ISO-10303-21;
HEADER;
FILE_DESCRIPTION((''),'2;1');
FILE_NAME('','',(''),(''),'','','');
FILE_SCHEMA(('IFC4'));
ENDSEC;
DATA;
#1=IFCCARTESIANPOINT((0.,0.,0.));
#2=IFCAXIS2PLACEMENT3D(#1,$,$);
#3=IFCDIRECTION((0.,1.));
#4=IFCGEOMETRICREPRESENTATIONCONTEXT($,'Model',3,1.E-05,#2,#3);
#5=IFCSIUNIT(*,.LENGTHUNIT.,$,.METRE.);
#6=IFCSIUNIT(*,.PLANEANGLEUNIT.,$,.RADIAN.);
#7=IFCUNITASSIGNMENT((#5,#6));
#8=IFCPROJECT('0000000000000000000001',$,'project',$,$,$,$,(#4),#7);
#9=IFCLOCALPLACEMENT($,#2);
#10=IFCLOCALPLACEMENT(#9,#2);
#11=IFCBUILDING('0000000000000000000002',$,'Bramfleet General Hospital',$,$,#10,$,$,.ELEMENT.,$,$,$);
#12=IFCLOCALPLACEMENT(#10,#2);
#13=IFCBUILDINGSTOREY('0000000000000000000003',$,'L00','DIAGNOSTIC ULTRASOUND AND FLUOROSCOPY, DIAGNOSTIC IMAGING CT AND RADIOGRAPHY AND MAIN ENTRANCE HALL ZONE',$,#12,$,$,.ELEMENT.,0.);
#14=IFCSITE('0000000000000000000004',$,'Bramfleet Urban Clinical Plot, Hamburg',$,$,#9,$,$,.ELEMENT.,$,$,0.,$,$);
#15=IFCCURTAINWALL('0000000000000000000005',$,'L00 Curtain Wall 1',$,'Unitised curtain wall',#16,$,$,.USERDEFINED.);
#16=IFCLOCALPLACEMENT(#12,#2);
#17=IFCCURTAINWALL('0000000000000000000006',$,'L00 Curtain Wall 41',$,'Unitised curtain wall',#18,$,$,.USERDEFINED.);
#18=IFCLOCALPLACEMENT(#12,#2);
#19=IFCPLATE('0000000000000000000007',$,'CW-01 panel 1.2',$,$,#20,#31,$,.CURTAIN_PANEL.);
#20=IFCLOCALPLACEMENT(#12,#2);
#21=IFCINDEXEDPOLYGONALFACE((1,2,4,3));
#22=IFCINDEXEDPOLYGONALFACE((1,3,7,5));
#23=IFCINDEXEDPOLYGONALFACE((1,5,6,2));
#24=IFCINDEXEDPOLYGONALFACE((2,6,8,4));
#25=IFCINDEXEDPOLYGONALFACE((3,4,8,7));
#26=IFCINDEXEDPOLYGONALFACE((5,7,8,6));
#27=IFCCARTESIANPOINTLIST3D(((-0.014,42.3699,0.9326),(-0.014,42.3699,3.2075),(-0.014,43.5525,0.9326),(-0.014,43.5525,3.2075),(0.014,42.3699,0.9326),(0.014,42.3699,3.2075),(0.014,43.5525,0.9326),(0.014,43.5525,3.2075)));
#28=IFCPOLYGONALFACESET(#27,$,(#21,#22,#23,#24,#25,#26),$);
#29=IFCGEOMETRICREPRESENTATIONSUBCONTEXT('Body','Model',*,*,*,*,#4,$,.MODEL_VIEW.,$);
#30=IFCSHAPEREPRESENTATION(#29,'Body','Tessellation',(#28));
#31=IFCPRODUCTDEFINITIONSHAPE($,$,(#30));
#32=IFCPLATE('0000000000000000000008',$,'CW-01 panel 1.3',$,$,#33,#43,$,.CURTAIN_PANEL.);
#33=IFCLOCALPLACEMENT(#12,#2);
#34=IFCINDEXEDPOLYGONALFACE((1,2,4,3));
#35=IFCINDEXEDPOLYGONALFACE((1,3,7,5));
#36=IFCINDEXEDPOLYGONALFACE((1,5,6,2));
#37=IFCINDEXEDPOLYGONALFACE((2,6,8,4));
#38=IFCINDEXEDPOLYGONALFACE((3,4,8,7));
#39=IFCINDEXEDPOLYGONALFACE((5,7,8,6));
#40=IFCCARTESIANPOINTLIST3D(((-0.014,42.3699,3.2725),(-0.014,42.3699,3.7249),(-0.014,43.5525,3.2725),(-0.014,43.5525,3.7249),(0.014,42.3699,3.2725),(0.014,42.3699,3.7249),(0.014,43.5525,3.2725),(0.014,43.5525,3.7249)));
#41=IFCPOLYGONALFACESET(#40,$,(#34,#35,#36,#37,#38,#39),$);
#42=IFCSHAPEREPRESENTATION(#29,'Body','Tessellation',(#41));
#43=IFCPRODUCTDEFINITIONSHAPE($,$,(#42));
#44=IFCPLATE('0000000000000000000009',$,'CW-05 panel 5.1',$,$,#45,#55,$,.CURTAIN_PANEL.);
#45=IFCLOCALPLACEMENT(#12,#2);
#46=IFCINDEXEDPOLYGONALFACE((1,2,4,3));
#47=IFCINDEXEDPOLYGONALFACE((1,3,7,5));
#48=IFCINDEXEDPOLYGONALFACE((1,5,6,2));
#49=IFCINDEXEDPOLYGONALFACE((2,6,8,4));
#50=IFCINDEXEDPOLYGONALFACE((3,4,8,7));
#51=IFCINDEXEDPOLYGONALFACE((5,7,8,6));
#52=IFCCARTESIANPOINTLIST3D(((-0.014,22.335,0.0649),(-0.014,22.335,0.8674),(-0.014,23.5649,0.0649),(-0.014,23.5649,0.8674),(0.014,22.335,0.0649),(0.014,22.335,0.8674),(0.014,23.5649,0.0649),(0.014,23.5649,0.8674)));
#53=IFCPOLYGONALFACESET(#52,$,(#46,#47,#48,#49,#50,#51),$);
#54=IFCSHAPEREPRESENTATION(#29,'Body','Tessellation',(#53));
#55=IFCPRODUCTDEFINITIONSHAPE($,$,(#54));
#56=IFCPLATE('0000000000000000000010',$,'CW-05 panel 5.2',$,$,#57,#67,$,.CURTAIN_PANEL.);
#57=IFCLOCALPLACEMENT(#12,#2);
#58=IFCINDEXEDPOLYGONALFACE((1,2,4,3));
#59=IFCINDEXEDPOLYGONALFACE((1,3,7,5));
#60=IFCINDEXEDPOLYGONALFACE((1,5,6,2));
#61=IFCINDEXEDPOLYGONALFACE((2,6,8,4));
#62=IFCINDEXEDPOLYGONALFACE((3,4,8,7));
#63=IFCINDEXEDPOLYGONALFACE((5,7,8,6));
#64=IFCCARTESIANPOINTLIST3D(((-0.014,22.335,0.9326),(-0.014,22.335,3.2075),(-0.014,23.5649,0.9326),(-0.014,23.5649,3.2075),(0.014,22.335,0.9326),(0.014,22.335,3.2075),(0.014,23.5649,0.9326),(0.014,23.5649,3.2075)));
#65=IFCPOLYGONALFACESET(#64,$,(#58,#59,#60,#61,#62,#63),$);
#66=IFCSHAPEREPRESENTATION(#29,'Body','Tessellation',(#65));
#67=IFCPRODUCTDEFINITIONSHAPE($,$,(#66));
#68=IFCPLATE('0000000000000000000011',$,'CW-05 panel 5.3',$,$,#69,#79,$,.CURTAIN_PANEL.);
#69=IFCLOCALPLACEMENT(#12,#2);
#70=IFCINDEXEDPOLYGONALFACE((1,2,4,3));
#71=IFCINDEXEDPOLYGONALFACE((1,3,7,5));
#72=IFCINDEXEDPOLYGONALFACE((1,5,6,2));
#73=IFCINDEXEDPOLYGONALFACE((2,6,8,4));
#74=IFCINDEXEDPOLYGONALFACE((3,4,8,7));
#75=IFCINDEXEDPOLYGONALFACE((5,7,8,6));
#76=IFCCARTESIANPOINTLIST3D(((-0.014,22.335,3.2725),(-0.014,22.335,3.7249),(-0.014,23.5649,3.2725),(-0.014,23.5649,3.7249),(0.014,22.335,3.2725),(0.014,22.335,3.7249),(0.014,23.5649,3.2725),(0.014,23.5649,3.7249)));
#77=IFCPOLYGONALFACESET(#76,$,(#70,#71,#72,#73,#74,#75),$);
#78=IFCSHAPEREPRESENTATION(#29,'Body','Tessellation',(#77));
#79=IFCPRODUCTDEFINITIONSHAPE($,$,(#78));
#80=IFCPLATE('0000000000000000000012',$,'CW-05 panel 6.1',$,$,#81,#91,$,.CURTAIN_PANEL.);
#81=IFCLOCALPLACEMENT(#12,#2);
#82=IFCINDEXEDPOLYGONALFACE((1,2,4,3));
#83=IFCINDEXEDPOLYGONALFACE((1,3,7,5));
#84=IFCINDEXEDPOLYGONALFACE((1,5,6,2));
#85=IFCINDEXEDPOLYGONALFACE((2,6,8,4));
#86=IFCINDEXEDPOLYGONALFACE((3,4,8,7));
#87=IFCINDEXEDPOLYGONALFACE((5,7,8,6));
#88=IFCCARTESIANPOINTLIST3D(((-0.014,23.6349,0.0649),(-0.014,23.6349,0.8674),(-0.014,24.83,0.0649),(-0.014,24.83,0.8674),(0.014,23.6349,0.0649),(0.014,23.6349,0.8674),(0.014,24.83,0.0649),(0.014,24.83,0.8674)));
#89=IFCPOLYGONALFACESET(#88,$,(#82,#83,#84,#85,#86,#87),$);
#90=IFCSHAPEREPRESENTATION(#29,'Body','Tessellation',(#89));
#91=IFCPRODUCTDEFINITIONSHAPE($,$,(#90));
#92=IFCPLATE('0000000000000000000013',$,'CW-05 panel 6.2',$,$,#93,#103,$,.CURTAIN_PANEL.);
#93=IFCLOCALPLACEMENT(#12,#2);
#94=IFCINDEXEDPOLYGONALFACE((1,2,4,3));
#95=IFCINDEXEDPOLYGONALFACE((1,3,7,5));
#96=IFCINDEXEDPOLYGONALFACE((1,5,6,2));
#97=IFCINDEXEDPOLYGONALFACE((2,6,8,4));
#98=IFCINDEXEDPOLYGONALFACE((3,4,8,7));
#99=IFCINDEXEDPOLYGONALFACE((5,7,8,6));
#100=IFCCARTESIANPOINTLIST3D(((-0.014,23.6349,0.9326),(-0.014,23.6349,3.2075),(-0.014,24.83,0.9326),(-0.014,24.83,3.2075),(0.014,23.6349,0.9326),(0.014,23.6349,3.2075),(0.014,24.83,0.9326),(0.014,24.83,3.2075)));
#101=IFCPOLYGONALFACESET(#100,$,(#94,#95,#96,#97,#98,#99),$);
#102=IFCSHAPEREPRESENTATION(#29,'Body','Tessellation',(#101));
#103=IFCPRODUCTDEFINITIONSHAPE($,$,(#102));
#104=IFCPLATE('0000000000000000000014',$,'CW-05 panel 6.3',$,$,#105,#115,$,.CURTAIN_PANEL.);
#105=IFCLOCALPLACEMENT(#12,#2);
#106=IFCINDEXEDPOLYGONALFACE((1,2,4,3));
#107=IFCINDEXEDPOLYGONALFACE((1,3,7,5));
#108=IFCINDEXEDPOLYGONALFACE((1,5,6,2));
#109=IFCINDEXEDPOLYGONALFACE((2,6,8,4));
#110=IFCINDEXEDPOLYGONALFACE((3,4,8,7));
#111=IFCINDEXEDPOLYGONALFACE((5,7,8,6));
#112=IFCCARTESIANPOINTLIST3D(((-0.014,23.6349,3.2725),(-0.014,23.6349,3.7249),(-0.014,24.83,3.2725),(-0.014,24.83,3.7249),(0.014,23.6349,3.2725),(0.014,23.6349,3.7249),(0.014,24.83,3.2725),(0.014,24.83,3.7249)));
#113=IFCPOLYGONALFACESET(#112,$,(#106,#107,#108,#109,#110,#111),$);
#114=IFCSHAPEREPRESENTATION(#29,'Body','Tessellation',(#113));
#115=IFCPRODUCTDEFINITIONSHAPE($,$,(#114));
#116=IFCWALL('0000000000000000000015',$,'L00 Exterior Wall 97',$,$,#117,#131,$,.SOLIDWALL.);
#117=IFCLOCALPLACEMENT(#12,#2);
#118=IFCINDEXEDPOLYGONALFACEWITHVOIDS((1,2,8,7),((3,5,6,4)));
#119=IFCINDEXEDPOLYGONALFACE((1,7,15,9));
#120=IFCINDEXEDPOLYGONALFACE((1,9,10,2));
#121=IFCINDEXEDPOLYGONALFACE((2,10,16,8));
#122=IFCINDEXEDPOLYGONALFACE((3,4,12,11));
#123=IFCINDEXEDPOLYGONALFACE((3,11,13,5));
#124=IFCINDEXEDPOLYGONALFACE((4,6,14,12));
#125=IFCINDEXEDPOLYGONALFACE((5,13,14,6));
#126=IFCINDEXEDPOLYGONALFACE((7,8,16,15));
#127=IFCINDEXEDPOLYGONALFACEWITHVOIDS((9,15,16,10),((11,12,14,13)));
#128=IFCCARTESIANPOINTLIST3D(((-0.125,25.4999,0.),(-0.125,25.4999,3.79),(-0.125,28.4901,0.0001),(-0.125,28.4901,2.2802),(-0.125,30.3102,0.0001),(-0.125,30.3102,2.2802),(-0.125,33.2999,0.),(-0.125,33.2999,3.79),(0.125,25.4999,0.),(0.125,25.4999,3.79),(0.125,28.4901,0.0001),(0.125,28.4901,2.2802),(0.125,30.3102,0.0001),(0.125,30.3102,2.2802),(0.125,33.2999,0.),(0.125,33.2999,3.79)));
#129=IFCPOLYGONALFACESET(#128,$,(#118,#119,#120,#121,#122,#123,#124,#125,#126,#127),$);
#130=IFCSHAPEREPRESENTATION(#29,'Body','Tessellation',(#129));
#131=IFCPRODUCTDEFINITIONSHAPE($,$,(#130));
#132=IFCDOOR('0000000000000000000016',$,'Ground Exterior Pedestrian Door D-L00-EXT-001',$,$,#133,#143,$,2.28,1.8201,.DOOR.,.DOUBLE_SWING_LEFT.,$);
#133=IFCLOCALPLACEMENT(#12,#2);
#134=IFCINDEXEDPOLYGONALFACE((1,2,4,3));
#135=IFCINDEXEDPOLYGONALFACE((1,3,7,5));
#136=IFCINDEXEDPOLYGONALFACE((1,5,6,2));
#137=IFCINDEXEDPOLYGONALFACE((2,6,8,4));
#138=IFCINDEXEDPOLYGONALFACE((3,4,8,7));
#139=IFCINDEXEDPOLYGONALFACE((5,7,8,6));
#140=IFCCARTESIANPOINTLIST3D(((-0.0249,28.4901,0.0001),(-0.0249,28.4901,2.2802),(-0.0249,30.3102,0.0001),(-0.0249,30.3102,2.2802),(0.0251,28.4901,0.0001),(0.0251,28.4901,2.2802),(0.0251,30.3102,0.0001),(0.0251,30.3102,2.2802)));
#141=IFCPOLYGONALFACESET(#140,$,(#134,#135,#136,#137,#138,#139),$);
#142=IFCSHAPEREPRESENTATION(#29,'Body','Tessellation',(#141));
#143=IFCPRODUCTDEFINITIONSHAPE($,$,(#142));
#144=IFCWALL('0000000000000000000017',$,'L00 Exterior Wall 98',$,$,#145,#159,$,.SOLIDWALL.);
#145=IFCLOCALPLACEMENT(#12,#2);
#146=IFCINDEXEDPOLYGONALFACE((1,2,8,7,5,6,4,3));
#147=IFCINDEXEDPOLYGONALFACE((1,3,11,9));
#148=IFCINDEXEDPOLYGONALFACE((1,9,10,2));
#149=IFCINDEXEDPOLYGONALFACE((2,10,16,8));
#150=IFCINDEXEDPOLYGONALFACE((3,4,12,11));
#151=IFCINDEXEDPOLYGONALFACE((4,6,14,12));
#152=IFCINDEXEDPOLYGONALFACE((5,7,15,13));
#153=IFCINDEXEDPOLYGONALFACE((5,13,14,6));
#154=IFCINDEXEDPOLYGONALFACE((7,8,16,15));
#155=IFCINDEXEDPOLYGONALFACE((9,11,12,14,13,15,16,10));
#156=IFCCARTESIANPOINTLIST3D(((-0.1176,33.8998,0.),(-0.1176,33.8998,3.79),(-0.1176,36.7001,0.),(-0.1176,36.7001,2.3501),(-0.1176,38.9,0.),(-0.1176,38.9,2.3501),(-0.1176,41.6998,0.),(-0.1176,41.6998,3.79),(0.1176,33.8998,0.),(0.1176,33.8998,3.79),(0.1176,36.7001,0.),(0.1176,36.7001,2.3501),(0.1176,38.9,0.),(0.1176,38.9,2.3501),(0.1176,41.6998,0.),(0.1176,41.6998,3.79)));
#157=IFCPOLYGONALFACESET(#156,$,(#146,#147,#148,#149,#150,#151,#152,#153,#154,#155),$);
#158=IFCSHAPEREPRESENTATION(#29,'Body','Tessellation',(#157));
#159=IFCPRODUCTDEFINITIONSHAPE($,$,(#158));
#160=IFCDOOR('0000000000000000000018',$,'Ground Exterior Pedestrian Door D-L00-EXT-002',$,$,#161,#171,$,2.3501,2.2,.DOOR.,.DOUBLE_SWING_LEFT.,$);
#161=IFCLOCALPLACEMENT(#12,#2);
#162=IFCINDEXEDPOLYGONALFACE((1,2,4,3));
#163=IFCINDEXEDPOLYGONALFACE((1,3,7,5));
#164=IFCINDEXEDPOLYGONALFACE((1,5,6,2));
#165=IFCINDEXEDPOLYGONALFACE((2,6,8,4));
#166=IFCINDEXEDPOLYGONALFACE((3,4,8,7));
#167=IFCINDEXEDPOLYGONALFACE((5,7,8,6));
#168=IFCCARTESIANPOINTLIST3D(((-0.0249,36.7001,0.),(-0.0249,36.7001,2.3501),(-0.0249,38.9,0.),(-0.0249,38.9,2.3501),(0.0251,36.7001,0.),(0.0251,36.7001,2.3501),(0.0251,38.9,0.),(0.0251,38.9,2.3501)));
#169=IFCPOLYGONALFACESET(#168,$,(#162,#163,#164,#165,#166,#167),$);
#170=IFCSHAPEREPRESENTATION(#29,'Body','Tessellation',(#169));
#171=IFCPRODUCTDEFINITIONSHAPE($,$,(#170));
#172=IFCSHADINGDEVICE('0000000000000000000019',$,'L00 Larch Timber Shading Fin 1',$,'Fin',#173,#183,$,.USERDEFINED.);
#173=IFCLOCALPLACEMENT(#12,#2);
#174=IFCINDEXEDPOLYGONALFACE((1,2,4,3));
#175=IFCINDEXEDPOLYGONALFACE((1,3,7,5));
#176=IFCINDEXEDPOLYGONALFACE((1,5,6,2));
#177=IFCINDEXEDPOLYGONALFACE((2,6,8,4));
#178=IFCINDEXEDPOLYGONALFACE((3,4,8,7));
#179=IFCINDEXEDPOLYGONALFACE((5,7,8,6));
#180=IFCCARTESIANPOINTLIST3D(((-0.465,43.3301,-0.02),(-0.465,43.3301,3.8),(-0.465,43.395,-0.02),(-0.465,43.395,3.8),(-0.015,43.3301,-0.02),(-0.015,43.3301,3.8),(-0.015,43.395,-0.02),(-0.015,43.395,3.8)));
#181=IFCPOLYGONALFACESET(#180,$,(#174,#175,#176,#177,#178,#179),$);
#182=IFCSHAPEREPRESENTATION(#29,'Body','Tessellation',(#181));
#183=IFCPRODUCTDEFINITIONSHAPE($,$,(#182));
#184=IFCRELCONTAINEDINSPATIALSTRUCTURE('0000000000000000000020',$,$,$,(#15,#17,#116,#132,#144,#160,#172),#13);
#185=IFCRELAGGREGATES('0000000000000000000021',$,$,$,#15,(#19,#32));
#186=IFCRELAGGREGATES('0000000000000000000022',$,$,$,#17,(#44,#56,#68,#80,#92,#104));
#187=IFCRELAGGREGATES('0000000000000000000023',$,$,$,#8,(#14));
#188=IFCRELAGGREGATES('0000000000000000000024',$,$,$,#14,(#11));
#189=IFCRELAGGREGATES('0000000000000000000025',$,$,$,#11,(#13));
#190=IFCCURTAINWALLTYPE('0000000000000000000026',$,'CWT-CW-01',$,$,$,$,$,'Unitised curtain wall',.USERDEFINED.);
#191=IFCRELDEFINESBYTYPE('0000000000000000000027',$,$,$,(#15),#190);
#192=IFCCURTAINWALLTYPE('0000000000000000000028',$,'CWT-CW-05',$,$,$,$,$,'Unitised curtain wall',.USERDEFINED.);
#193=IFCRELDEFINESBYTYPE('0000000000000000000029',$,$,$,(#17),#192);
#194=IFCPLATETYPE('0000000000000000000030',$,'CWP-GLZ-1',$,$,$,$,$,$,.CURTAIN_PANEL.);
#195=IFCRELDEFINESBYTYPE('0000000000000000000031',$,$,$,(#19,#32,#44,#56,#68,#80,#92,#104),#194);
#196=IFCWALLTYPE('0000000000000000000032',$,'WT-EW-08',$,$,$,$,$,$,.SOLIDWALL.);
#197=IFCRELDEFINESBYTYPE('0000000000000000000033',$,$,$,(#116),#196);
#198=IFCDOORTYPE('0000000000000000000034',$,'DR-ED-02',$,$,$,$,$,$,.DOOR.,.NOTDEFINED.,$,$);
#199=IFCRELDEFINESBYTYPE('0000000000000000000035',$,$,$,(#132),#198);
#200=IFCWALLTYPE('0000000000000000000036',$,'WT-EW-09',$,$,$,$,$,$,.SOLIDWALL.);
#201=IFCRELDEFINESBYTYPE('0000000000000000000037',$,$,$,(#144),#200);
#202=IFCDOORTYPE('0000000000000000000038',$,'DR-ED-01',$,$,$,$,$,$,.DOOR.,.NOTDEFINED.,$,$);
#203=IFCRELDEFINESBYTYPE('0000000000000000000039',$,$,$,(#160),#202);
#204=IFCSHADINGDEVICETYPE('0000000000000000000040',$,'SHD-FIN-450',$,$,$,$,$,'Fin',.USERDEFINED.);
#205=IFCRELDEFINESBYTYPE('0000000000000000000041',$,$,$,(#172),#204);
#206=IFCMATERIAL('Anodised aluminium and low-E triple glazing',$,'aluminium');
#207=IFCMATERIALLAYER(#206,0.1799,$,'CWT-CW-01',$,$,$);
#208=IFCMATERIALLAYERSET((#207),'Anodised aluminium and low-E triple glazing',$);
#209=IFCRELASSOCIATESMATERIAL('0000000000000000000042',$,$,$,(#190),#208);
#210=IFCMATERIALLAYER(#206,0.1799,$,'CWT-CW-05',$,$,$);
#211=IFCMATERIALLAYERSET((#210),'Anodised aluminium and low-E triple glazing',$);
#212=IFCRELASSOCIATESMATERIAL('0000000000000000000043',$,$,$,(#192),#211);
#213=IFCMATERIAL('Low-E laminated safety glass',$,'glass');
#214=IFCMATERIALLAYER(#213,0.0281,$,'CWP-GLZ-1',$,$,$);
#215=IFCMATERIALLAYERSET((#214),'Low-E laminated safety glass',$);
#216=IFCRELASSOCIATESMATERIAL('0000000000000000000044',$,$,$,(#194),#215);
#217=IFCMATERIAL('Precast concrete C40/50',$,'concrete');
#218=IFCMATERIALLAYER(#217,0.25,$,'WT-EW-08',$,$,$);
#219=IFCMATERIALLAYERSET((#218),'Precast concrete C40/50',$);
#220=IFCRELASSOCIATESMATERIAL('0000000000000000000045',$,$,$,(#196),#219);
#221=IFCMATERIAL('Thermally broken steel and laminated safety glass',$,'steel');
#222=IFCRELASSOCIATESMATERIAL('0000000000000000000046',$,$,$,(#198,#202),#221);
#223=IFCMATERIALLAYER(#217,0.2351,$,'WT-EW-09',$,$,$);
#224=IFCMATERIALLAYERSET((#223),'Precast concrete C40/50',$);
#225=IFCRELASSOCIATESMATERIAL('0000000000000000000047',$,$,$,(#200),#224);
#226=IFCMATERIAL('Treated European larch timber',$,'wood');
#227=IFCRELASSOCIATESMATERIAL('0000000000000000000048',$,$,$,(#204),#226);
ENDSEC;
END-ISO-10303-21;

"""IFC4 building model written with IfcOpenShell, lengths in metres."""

from ifc_helpers import new_model, si_unit, direction, frame, frame_2d, origin, origin_2d, place, context, subcontext, project, spatial, rectangle, extrude, material, layer, layer_set, material_profile, profile_set, type_object, element, fill, aggregate, save


model = new_model("IFC4")

# Units and contexts
model_context = context("Model", 3, precision=1e-05, world=origin(), true_north=direction((0.0, 1.0)))
body_context = subcontext(model_context, "Body", "Model", "MODEL_VIEW")
ifc_project = project(units=[si_unit("LENGTHUNIT", "METRE"), si_unit("PLANEANGLEUNIT", "RADIAN")], contexts=[model_context])

# Site, building, storey
site_placement = place(None, origin())
site = spatial("IfcSite", under=ifc_project, at=site_placement, Name="Bramfleet Urban Clinical Plot, Hamburg", CompositionType="ELEMENT", RefElevation=0.0)
building_placement = place(site_placement, origin())
building = spatial("IfcBuilding", under=site, at=building_placement, Name="Bramfleet General Hospital", CompositionType="ELEMENT")
storey_placement = place(building_placement, origin())
storey = spatial("IfcBuildingStorey", under=building, at=storey_placement, Name="L00", Description="DIAGNOSTIC ULTRASOUND AND FLUOROSCOPY, DIAGNOSTIC IMAGING CT AND RADIOGRAPHY AND MAIN ENTRANCE HALL ZONE", CompositionType="ELEMENT", Elevation=0.0)

# Curtain walls
ifc_material_1 = material(Name="Anodised aluminium and low-E triple glazing", Category="aluminium")
ifc_layer_1 = layer(ifc_material_1, 0.1799, Name="CWT-CW-01")
ifc_layer_set_1 = layer_set([ifc_layer_1], Name="Anodised aluminium and low-E triple glazing")
curtain_wall_type_1 = type_object("IfcCurtainWallType", Name="CWT-CW-01", ElementType="Unitised curtain wall", PredefinedType="USERDEFINED", material=ifc_layer_set_1)
curtain_wall_1_placement = place(storey_placement, origin())
curtain_wall_1 = element("IfcCurtainWall", 1, at=curtain_wall_1_placement, inside=storey, type_object=curtain_wall_type_1, Name="L00 Curtain Wall 1", ObjectType="Unitised curtain wall", PredefinedType="USERDEFINED")
ifc_layer_2 = layer(ifc_material_1, 0.1799, Name="CWT-CW-05")
ifc_layer_set_2 = layer_set([ifc_layer_2], Name="Anodised aluminium and low-E triple glazing")
curtain_wall_type_2 = type_object("IfcCurtainWallType", Name="CWT-CW-05", ElementType="Unitised curtain wall", PredefinedType="USERDEFINED", material=ifc_layer_set_2)
curtain_wall_2_placement = place(storey_placement, origin())
curtain_wall_2 = element("IfcCurtainWall", 2, at=curtain_wall_2_placement, inside=storey, type_object=curtain_wall_type_2, Name="L00 Curtain Wall 41", ObjectType="Unitised curtain wall", PredefinedType="USERDEFINED")

# Plates
ifc_material_2 = material(Name="Low-E laminated safety glass", Category="glass")
ifc_layer_3 = layer(ifc_material_2, 0.0281, Name="CWP-GLZ-1")
ifc_layer_set_3 = layer_set([ifc_layer_3], Name="Low-E laminated safety glass")
plate_type = type_object("IfcPlateType", Name="CWP-GLZ-1", PredefinedType="CURTAIN_PANEL", material=ifc_layer_set_3)
plate_1_placement = place(storey_placement, frame((0.0, 42.9612, 0.9326), z_axis=(0.0, 0.0, 1.0), x_axis=(0.0, 1.0, 0.0)))
plate_1 = element("IfcPlate", 3, at=plate_1_placement, type_object=plate_type, Name="CW-01 panel 1.2", PredefinedType="CURTAIN_PANEL", context=body_context, shape_type="SweptSolid", body=[
    extrude(rectangle(XDim=1.1826, YDim=0.0281, at=origin_2d()), origin(), (0.0, 0.0, 1.0), 2.2749),
])
plate_2_placement = place(storey_placement, frame((0.0, 42.9612, 3.2725), z_axis=(0.0, 0.0, 1.0), x_axis=(0.0, 1.0, 0.0)))
plate_2 = element("IfcPlate", 4, at=plate_2_placement, type_object=plate_type, Name="CW-01 panel 1.3", PredefinedType="CURTAIN_PANEL", context=body_context, shape_type="SweptSolid", body=[
    extrude(rectangle(XDim=1.1826, YDim=0.0281, at=origin_2d()), origin(), (0.0, 0.0, 1.0), 0.4524),
])
aggregate(curtain_wall_1, [plate_1, plate_2])
plate_3_placement = place(storey_placement, frame((0.0, 22.95, 0.0649), z_axis=(0.0, 0.0, 1.0), x_axis=(0.0, 1.0, 0.0)))
plate_3 = element("IfcPlate", 5, at=plate_3_placement, type_object=plate_type, Name="CW-05 panel 5.1", PredefinedType="CURTAIN_PANEL", context=body_context, shape_type="SweptSolid", body=[
    extrude(rectangle(XDim=1.23, YDim=0.0281, at=origin_2d()), origin(), (0.0, 0.0, 1.0), 0.8025),
])
plate_4_placement = place(storey_placement, frame((0.0, 22.95, 0.9326), z_axis=(0.0, 0.0, 1.0), x_axis=(0.0, 1.0, 0.0)))
plate_4 = element("IfcPlate", 6, at=plate_4_placement, type_object=plate_type, Name="CW-05 panel 5.2", PredefinedType="CURTAIN_PANEL", context=body_context, shape_type="SweptSolid", body=[
    extrude(rectangle(XDim=1.23, YDim=0.0281, at=origin_2d()), origin(), (0.0, 0.0, 1.0), 2.2749),
])
plate_5_placement = place(storey_placement, frame((0.0, 22.95, 3.2725), z_axis=(0.0, 0.0, 1.0), x_axis=(0.0, 1.0, 0.0)))
plate_5 = element("IfcPlate", 7, at=plate_5_placement, type_object=plate_type, Name="CW-05 panel 5.3", PredefinedType="CURTAIN_PANEL", context=body_context, shape_type="SweptSolid", body=[
    extrude(rectangle(XDim=1.23, YDim=0.0281, at=origin_2d()), origin(), (0.0, 0.0, 1.0), 0.4524),
])
plate_6_placement = place(storey_placement, frame((0.0, 24.2324, 0.0649), z_axis=(0.0, 0.0, 1.0), x_axis=(0.0, 1.0, 0.0)))
plate_6 = element("IfcPlate", 8, at=plate_6_placement, type_object=plate_type, Name="CW-05 panel 6.1", PredefinedType="CURTAIN_PANEL", context=body_context, shape_type="SweptSolid", body=[
    extrude(rectangle(XDim=1.1951, YDim=0.0281, at=origin_2d()), origin(), (0.0, 0.0, 1.0), 0.8025),
])
plate_7_placement = place(storey_placement, frame((0.0, 24.2324, 0.9326), z_axis=(0.0, 0.0, 1.0), x_axis=(0.0, 1.0, 0.0)))
plate_7 = element("IfcPlate", 9, at=plate_7_placement, type_object=plate_type, Name="CW-05 panel 6.2", PredefinedType="CURTAIN_PANEL", context=body_context, shape_type="SweptSolid", body=[
    extrude(rectangle(XDim=1.1951, YDim=0.0281, at=origin_2d()), origin(), (0.0, 0.0, 1.0), 2.2749),
])
plate_8_placement = place(storey_placement, frame((0.0, 24.2324, 3.2725), z_axis=(0.0, 0.0, 1.0), x_axis=(0.0, 1.0, 0.0)))
plate_8 = element("IfcPlate", 10, at=plate_8_placement, type_object=plate_type, Name="CW-05 panel 6.3", PredefinedType="CURTAIN_PANEL", context=body_context, shape_type="SweptSolid", body=[
    extrude(rectangle(XDim=1.1951, YDim=0.0281, at=origin_2d()), origin(), (0.0, 0.0, 1.0), 0.4524),
])
aggregate(curtain_wall_2, [plate_3, plate_4, plate_5, plate_6, plate_7, plate_8])

# Walls, openings, doors
ifc_material_3 = material(Name="Precast concrete C40/50", Category="concrete")
ifc_layer_4 = layer(ifc_material_3, 0.25, Name="WT-EW-08")
ifc_layer_set_4 = layer_set([ifc_layer_4], Name="Precast concrete C40/50")
wall_type_1 = type_object("IfcWallType", Name="WT-EW-08", PredefinedType="SOLIDWALL", material=ifc_layer_set_4)
wall_1_placement = place(storey_placement, frame((0.0, 25.5, 0.0), z_axis=(0.0, 0.0, 1.0), x_axis=(0.0, 1.0, 0.0)))
wall_1 = element("IfcWall", 11, at=wall_1_placement, inside=storey, type_object=wall_type_1, Name="L00 Exterior Wall 97", PredefinedType="SOLIDWALL", context=body_context, shape_type="SweptSolid", body=[
    extrude(rectangle(XDim=7.8, YDim=0.25, at=frame_2d((3.8999, 0.0))), origin(), (0.0, 0.0, 1.0), 3.79),
])
opening_1_placement = place(wall_1_placement, frame((2.99, 0.0, 0.0)))
opening_1 = element("IfcOpeningElement", 12, at=opening_1_placement, cuts=wall_1, PredefinedType="OPENING", context=body_context, shape_type="SweptSolid", body=[
    extrude(rectangle(XDim=1.8201, YDim=2.28, at=frame_2d((0.9102, 1.1401))), frame((0.0, 0.135, 0.0), z_axis=(0.0, -1.0, 0.0), x_axis=(1.0, 0.0, 0.0)), (0.0, 0.0, 1.0), 0.27),
])
ifc_material_4 = material(Name="Thermally broken steel and laminated safety glass", Category="steel")
door_type_1 = type_object("IfcDoorType", Name="DR-ED-02", OperationType="NOTDEFINED", PredefinedType="DOOR", material=ifc_material_4)
door_1_placement = place(opening_1_placement, origin())
door_1 = element("IfcDoor", 13, at=door_1_placement, inside=storey, type_object=door_type_1, Name="Ground Exterior Pedestrian Door D-L00-EXT-001", OperationType="DOUBLE_SWING_LEFT", OverallHeight=2.28, OverallWidth=1.8201, PredefinedType="DOOR", context=body_context, shape_type="SweptSolid", body=[
    extrude(rectangle(XDim=1.8201, YDim=2.28, at=frame_2d((0.9102, 1.1401))), frame((0.0, 0.0249, 0.0), z_axis=(0.0, -1.0, 0.0), x_axis=(1.0, 0.0, 0.0)), (0.0, 0.0, 1.0), 0.05),
])
fill(opening_1, door_1)
ifc_layer_5 = layer(ifc_material_3, 0.2351, Name="WT-EW-09")
ifc_layer_set_5 = layer_set([ifc_layer_5], Name="Precast concrete C40/50")
wall_type_2 = type_object("IfcWallType", Name="WT-EW-09", PredefinedType="SOLIDWALL", material=ifc_layer_set_5)
wall_2_placement = place(storey_placement, frame((0.0, 33.8999, 0.0), z_axis=(0.0, 0.0, 1.0), x_axis=(0.0, 1.0, 0.0)))
wall_2 = element("IfcWall", 14, at=wall_2_placement, inside=storey, type_object=wall_type_2, Name="L00 Exterior Wall 98", PredefinedType="SOLIDWALL", context=body_context, shape_type="SweptSolid", body=[
    extrude(rectangle(XDim=7.8, YDim=0.2351, at=frame_2d((3.8999, 0.0))), origin(), (0.0, 0.0, 1.0), 3.79),
])
opening_2_placement = place(wall_2_placement, frame((2.8, 0.0, 0.0)))
opening_2 = element("IfcOpeningElement", 15, at=opening_2_placement, cuts=wall_2, PredefinedType="OPENING", context=body_context, shape_type="SweptSolid", body=[
    extrude(rectangle(XDim=2.2, YDim=2.3501, at=frame_2d((1.1001, 1.175))), frame((0.0, 0.1274, 0.0), z_axis=(0.0, -1.0, 0.0), x_axis=(1.0, 0.0, 0.0)), (0.0, 0.0, 1.0), 0.2551),
])
door_type_2 = type_object("IfcDoorType", Name="DR-ED-01", OperationType="NOTDEFINED", PredefinedType="DOOR", material=ifc_material_4)
door_2_placement = place(opening_2_placement, origin())
door_2 = element("IfcDoor", 16, at=door_2_placement, inside=storey, type_object=door_type_2, Name="Ground Exterior Pedestrian Door D-L00-EXT-002", OperationType="DOUBLE_SWING_LEFT", OverallHeight=2.3501, OverallWidth=2.2, PredefinedType="DOOR", context=body_context, shape_type="SweptSolid", body=[
    extrude(rectangle(XDim=2.2, YDim=2.3501, at=frame_2d((1.1001, 1.175))), frame((0.0, 0.0249, 0.0), z_axis=(0.0, -1.0, 0.0), x_axis=(1.0, 0.0, 0.0)), (0.0, 0.0, 1.0), 0.05),
])
fill(opening_2, door_2)

# Shading device
ifc_material_5 = material(Name="Treated European larch timber", Category="wood")
ifc_material_profile_1 = material_profile(ifc_material_5, rectangle(XDim=0.0649, YDim=0.45, at=origin_2d()), Name="LARCH FIN 450x65")
ifc_profile_set_1 = profile_set([ifc_material_profile_1], Name="Treated European larch timber")
shading_device_type = type_object("IfcShadingDeviceType", Name="SHD-FIN-450", ElementType="Fin", PredefinedType="USERDEFINED", material=ifc_profile_set_1)
for number, where, z_axis, x_axis, name in (
    (17, (-0.24, 43.3625, -0.02), (0.0, 0.0, 1.0), (0.0, 1.0, 0.0), "L00 Larch Timber Shading Fin 1"),
):
    element("IfcShadingDevice", number, at=place(storey_placement, frame(where, z_axis=z_axis, x_axis=x_axis)), inside=storey, type_object=shading_device_type, Name=name, ObjectType="Fin", PredefinedType="USERDEFINED", context=body_context, shape_type="SweptSolid", body=[
        extrude(rectangle(XDim=0.0649, YDim=0.45, at=origin_2d()), origin(), (0.0, 0.0, 1.0), 3.8201),
    ])

save(model, "model.ifc")
